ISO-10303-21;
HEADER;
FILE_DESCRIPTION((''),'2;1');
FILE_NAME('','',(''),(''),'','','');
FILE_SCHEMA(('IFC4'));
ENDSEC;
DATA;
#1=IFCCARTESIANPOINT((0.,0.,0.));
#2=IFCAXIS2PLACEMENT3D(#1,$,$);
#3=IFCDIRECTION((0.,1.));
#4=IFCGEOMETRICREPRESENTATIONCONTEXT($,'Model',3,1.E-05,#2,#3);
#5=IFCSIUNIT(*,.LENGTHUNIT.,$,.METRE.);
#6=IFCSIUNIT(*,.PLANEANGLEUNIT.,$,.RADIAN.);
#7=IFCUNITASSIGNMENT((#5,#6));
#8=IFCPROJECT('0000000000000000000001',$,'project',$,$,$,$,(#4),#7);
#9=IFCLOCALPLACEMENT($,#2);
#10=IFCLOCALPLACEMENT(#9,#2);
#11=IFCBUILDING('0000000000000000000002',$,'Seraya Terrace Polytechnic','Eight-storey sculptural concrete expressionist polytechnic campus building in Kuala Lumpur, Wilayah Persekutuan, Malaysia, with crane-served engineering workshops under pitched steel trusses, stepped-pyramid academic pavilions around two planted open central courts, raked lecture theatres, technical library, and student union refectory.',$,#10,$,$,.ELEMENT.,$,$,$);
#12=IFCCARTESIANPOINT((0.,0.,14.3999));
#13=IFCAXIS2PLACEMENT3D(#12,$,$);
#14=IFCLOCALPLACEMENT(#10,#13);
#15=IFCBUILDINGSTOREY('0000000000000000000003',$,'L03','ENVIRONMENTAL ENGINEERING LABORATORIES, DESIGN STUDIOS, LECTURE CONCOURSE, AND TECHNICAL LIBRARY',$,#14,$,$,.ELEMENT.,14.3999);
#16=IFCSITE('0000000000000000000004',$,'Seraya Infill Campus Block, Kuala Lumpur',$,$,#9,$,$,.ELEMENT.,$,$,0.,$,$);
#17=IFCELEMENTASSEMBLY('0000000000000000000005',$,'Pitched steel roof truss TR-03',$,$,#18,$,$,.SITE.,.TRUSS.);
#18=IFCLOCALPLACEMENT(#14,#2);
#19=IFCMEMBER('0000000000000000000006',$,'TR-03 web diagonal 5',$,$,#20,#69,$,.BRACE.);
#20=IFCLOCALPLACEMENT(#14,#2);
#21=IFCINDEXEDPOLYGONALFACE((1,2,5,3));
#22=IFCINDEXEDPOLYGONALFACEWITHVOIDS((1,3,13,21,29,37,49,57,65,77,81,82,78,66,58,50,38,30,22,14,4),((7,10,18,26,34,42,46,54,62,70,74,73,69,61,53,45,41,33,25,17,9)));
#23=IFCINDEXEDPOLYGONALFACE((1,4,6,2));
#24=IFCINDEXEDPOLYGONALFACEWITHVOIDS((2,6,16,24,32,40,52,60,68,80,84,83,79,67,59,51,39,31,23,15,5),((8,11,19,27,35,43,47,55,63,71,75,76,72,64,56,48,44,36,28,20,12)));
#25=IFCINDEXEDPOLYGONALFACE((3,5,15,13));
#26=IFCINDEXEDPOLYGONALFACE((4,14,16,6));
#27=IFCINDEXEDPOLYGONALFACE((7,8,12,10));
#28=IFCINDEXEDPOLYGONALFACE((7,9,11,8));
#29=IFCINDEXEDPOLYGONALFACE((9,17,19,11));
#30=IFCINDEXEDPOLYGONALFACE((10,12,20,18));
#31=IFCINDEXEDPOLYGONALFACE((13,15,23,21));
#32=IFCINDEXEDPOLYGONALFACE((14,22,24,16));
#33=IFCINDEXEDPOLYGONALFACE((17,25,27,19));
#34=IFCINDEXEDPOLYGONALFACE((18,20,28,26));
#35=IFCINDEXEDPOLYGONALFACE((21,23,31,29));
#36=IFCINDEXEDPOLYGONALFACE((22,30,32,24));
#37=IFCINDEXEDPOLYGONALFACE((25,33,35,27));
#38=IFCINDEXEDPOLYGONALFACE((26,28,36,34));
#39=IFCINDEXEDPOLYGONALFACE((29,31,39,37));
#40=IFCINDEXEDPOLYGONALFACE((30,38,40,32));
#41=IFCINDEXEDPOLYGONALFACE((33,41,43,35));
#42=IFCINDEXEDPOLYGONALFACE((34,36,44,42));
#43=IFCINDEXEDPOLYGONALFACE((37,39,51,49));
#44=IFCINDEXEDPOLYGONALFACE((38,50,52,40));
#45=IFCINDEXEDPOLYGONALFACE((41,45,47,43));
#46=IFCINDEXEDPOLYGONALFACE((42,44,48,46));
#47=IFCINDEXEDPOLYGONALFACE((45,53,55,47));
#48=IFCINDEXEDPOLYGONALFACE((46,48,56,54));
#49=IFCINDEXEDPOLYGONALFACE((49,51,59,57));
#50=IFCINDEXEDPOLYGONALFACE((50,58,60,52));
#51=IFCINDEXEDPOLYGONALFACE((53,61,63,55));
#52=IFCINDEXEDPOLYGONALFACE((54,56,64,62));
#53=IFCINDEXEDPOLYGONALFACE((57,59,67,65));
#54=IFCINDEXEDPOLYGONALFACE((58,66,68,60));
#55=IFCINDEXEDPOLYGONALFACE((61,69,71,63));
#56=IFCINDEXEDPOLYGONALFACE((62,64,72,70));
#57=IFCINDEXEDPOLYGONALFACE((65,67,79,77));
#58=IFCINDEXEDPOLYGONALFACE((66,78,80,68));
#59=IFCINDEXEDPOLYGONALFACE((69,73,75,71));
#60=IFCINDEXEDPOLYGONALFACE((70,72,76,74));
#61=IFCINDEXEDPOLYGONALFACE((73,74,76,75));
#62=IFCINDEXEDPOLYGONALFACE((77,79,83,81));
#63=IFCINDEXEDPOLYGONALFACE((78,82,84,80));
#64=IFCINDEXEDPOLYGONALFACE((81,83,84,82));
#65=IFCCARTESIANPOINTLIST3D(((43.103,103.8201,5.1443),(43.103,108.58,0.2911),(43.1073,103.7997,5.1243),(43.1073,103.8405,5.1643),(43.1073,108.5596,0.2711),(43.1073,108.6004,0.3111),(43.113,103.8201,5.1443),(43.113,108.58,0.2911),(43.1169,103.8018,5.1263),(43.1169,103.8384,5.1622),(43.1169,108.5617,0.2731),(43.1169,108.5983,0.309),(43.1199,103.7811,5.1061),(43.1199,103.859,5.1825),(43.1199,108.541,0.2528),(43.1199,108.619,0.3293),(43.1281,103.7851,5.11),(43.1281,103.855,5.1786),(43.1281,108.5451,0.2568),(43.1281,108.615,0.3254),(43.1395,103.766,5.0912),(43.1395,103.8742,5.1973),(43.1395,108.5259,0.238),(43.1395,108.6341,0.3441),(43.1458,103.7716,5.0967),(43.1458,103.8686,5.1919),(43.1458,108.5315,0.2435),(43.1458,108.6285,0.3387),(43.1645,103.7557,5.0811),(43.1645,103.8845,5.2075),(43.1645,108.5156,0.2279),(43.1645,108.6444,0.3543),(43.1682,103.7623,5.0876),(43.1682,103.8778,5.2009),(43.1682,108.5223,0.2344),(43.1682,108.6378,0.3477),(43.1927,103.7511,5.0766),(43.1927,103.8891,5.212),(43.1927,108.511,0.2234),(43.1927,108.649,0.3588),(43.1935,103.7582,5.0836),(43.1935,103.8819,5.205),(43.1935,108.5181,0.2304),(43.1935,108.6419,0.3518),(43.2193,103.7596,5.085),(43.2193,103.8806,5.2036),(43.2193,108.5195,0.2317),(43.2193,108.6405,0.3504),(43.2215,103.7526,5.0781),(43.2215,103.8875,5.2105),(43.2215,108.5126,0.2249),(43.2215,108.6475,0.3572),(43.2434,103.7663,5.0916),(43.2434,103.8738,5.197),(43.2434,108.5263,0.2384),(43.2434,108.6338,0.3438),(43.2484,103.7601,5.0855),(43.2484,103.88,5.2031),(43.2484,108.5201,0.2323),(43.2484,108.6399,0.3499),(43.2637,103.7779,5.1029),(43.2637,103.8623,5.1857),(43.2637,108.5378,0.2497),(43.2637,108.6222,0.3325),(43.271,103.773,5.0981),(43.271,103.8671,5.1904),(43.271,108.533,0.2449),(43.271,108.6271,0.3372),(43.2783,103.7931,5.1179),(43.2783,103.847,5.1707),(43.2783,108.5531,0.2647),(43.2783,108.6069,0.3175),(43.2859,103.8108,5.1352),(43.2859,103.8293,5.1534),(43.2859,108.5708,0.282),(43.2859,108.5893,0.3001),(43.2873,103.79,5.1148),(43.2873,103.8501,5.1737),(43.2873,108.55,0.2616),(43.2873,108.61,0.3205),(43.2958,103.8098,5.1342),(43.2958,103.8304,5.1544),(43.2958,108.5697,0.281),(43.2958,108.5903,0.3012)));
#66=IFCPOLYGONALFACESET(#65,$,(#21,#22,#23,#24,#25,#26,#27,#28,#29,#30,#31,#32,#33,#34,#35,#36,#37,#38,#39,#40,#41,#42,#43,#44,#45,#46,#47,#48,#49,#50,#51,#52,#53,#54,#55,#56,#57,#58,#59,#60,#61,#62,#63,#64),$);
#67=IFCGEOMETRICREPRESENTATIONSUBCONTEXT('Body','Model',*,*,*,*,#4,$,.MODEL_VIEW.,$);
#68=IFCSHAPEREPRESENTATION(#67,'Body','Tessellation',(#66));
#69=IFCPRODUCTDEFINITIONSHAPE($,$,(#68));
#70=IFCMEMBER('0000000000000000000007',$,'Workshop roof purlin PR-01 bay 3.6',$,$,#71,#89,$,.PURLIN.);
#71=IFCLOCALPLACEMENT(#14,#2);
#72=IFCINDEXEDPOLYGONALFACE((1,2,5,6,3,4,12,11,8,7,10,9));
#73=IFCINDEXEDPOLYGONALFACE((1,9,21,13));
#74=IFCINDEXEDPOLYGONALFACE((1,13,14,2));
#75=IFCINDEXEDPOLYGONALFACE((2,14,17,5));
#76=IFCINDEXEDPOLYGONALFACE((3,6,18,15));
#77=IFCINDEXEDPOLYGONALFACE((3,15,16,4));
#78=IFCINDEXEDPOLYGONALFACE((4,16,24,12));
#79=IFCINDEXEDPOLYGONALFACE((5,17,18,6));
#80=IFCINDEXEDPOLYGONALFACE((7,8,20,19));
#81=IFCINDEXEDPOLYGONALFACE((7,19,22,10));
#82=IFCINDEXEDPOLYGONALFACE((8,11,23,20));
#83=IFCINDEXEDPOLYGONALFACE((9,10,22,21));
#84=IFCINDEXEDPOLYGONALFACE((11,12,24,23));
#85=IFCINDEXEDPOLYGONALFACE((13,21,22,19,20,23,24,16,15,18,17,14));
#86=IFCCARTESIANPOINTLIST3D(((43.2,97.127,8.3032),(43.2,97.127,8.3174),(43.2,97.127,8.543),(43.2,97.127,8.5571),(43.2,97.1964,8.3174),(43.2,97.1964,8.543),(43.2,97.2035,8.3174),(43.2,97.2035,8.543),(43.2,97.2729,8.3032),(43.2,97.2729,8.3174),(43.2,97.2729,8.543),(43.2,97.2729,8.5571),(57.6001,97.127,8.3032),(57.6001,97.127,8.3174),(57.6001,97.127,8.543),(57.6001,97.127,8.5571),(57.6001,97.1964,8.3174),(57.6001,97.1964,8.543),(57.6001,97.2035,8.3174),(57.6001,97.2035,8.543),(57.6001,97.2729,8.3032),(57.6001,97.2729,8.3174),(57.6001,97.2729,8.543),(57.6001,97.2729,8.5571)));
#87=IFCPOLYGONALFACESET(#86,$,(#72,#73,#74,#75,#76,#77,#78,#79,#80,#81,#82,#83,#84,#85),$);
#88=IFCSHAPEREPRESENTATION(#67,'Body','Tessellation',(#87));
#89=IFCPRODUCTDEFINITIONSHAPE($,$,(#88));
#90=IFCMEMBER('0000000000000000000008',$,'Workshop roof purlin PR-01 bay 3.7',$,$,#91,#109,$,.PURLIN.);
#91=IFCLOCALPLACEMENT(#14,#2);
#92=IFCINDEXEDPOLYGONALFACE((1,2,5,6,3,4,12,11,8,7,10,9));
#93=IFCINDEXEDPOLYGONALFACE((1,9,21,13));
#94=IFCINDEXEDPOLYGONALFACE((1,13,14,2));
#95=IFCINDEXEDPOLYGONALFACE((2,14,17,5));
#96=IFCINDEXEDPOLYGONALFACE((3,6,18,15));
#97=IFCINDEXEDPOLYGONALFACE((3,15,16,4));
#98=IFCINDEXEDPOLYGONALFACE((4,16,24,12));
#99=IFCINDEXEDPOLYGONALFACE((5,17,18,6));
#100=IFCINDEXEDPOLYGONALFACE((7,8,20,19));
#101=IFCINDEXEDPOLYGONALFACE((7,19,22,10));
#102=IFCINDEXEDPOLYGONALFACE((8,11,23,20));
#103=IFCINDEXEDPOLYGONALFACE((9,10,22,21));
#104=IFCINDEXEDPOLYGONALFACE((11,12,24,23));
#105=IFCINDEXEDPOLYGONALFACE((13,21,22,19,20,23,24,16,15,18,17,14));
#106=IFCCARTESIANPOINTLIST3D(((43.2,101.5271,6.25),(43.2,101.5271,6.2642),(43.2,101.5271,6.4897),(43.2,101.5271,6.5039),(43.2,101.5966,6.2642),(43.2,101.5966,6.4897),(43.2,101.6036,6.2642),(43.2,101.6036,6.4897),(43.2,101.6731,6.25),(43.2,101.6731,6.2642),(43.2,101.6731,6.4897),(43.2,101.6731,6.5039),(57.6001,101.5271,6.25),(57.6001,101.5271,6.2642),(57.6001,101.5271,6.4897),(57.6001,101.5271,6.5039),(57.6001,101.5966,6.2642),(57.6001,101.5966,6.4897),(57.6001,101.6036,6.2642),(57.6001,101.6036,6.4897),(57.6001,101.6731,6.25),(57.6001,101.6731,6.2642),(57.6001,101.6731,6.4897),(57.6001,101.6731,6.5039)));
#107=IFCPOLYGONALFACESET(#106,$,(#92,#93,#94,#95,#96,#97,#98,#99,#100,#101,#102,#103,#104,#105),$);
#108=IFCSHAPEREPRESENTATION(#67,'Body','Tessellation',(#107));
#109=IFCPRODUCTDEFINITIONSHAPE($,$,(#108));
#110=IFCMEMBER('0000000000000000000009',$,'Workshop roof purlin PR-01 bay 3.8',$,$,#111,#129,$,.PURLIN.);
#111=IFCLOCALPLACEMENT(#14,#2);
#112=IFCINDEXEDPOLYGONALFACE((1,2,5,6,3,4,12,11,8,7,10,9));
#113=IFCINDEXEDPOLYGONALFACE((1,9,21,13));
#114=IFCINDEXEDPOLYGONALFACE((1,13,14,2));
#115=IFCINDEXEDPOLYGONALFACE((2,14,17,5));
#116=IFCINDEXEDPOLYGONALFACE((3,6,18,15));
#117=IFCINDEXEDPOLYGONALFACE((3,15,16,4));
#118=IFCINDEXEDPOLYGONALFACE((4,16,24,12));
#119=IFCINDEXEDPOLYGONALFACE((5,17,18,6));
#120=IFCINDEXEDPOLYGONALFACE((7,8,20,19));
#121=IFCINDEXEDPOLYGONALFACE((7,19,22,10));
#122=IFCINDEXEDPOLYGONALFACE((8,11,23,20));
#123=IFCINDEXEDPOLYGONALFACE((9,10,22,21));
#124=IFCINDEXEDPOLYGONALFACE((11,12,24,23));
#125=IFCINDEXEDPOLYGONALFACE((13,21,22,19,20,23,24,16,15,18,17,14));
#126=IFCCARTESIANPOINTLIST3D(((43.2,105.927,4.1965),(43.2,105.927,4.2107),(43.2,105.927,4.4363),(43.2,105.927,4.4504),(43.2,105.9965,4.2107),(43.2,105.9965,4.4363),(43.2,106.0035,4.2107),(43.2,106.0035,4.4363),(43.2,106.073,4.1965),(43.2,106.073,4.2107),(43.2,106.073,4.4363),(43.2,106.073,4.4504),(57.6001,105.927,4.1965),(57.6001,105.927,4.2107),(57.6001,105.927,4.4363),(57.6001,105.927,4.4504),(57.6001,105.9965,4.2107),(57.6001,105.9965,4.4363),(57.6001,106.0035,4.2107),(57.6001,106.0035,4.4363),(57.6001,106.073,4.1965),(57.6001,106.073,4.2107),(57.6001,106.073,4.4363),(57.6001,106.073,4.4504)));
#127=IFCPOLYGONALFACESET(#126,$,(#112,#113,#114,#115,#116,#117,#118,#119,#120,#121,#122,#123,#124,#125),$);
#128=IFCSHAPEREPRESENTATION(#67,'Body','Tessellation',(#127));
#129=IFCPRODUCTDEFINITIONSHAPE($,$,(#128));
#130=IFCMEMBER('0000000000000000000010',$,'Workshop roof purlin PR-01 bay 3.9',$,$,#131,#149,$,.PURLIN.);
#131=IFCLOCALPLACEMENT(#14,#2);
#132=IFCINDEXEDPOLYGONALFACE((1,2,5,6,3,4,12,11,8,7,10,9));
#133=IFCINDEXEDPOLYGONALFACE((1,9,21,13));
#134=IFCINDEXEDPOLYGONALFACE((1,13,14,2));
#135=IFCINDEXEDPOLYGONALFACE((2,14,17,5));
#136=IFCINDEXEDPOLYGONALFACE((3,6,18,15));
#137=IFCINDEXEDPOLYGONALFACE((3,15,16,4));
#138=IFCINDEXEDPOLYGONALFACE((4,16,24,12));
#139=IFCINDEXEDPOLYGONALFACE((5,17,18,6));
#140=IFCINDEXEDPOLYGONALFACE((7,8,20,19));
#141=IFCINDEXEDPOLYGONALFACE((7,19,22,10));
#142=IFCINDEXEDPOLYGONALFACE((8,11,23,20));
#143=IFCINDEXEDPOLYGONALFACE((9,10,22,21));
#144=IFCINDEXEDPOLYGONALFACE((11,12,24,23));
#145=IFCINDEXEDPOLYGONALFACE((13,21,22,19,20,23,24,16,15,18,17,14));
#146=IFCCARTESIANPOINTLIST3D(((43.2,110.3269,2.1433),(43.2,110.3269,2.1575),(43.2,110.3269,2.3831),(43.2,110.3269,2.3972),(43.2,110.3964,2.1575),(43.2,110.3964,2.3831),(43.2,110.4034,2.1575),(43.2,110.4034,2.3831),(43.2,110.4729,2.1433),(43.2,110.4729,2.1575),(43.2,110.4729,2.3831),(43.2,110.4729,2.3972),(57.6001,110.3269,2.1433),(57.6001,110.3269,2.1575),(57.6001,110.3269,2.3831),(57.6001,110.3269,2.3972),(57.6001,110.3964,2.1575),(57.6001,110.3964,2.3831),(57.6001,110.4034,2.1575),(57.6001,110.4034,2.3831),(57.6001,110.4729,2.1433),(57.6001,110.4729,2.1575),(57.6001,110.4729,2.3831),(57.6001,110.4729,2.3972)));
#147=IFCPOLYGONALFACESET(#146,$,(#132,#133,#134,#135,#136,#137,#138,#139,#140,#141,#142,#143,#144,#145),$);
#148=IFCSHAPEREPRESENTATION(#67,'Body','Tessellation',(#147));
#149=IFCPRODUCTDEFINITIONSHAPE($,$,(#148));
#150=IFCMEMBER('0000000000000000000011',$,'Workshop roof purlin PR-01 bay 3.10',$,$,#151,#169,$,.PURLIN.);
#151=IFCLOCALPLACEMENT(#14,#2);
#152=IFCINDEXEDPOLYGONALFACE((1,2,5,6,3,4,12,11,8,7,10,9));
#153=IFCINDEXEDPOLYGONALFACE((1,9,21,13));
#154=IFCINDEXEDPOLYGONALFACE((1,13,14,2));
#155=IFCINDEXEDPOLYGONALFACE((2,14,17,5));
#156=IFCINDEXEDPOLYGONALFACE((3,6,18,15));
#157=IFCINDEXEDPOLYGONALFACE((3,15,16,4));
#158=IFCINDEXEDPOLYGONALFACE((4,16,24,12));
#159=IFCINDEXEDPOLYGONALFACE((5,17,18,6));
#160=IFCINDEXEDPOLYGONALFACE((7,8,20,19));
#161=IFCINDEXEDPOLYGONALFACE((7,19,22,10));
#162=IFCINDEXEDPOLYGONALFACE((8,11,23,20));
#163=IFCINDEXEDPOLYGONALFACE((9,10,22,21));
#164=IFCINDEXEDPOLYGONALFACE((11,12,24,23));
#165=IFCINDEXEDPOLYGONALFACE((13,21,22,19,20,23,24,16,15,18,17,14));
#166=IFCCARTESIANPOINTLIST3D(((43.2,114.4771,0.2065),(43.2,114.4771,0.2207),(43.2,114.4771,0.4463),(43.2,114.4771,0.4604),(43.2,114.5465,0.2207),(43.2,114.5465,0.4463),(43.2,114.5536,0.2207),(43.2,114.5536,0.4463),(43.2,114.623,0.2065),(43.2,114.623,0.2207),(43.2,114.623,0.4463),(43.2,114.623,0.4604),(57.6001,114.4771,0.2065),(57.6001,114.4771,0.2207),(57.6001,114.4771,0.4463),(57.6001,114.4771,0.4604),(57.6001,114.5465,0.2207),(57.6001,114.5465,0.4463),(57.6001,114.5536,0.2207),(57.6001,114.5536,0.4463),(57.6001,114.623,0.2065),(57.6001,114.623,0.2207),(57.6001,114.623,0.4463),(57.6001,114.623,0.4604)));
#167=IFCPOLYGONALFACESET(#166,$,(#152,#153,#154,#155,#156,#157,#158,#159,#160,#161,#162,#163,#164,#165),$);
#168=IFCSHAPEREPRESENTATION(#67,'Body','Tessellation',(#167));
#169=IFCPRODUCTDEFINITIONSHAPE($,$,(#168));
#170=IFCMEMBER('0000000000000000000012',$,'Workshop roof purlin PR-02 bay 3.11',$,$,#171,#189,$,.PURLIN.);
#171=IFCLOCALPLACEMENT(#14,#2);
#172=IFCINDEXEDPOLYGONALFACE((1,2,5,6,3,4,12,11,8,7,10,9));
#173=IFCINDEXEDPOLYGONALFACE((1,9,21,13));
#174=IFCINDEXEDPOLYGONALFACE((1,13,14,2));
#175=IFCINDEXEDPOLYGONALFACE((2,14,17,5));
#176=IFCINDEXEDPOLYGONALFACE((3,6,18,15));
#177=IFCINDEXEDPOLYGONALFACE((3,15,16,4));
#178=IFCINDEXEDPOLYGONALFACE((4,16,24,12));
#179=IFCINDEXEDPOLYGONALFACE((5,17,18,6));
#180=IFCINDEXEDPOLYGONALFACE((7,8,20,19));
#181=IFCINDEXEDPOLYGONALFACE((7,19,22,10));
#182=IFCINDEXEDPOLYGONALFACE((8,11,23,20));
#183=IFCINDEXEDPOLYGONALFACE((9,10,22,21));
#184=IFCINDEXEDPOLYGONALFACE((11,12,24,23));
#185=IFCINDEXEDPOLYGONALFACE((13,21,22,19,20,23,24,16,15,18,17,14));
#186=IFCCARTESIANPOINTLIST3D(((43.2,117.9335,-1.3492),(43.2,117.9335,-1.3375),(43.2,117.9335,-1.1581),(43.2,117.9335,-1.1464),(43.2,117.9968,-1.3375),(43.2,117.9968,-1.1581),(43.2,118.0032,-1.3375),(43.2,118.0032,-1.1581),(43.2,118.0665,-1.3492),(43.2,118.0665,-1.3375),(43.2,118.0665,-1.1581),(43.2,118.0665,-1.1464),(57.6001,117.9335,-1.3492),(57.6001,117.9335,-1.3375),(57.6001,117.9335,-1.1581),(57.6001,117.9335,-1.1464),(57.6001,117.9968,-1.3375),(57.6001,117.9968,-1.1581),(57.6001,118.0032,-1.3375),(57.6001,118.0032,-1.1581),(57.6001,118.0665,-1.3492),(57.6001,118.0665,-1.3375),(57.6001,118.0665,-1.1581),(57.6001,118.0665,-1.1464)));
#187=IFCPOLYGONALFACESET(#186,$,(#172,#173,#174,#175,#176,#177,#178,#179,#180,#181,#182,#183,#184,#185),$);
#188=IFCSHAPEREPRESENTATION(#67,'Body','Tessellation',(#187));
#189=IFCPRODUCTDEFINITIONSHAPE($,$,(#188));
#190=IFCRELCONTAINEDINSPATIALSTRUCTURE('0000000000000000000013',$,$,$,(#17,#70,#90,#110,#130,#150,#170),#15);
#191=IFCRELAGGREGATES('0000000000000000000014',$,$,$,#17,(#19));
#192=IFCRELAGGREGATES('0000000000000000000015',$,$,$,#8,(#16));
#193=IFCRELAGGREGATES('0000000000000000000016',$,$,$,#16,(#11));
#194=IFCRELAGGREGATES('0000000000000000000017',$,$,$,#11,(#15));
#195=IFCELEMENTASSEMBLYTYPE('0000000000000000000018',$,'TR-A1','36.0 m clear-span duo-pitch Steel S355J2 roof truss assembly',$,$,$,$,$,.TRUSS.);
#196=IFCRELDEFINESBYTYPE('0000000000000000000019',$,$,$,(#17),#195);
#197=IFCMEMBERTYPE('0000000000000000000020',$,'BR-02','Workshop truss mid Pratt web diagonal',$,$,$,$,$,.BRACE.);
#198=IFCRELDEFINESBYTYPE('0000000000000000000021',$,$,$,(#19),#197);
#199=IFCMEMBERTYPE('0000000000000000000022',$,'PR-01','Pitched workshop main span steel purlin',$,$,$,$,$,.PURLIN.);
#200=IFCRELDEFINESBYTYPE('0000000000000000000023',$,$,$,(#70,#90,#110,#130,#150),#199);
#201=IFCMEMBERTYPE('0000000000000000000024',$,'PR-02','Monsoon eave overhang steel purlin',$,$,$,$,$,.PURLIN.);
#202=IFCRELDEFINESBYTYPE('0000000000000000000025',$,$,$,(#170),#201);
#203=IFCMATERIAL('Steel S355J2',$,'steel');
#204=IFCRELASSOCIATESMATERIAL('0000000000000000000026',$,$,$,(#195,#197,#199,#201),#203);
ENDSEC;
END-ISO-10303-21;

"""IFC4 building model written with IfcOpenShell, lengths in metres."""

from ifc_helpers import new_model, si_unit, direction, frame, origin, origin_2d, place, context, subcontext, project, spatial, hollow_circle, i_section, extrude, material, material_profile, profile_set, type_object, element, aggregate, save


model = new_model("IFC4")

# Units and contexts
model_context = context("Model", 3, precision=1e-05, world=origin(), true_north=direction((0.0, 1.0)))
body_context = subcontext(model_context, "Body", "Model", "MODEL_VIEW")
ifc_project = project(units=[si_unit("LENGTHUNIT", "METRE"), si_unit("PLANEANGLEUNIT", "RADIAN")], contexts=[model_context])

# Site, building, storey
site_placement = place(None, origin())
site = spatial("IfcSite", under=ifc_project, at=site_placement, Name="Seraya Infill Campus Block, Kuala Lumpur", CompositionType="ELEMENT", RefElevation=0.0)
building_placement = place(site_placement, origin())
building = spatial("IfcBuilding", under=site, at=building_placement, Name="Seraya Terrace Polytechnic", Description="Eight-storey sculptural concrete expressionist polytechnic campus building in Kuala Lumpur, Wilayah Persekutuan, Malaysia, with crane-served engineering workshops under pitched steel trusses, stepped-pyramid academic pavilions around two planted open central courts, raked lecture theatres, technical library, and student union refectory.", CompositionType="ELEMENT")
storey_placement = place(building_placement, frame((0.0, 0.0, 14.3999)))
storey = spatial("IfcBuildingStorey", under=building, at=storey_placement, Name="L03", Description="ENVIRONMENTAL ENGINEERING LABORATORIES, DESIGN STUDIOS, LECTURE CONCOURSE, AND TECHNICAL LIBRARY", CompositionType="ELEMENT", Elevation=14.3999)

# Element assembly, member
ifc_material_1 = material(Name="Steel S355J2", Category="steel")
element_assembly_type = type_object("IfcElementAssemblyType", Name="TR-A1", Description="36.0 m clear-span duo-pitch Steel S355J2 roof truss assembly", PredefinedType="TRUSS", material=ifc_material_1)
assembly_placement = place(storey_placement, origin())
assembly = element("IfcElementAssembly", 1, at=assembly_placement, inside=storey, type_object=element_assembly_type, Name="Pitched steel roof truss TR-03", AssemblyPlace="SITE", PredefinedType="TRUSS")
ifc_material_profile_1 = material_profile(ifc_material_1, hollow_circle(Radius=0.0969, WallThickness=0.01, at=origin_2d()), Name="CHS 193.7x10.0")
ifc_profile_set_1 = profile_set([ifc_material_profile_1], Name="Steel S355J2")
member_type_1 = type_object("IfcMemberType", Name="BR-02", Description="Workshop truss mid Pratt web diagonal", PredefinedType="BRACE", material=ifc_profile_set_1)
member_1_placement = place(storey_placement, frame((43.2, 103.8201, 5.1443), z_axis=(0.0, 0.700214, -0.713933), x_axis=(-1.0, 0.0, 0.0)))
member_1 = element("IfcMember", 2, at=member_1_placement, type_object=member_type_1, Name="TR-03 web diagonal 5", PredefinedType="BRACE", context=body_context, shape_type="SweptSolid", body=[
    extrude(hollow_circle(Radius=0.0969, WallThickness=0.01, at=origin_2d()), origin(), (0.0, 0.0, 1.0), 6.7979),
])

# Members
ifc_material_profile_2 = material_profile(ifc_material_1, i_section(OverallWidth=0.146, OverallDepth=0.2539, WebThickness=0.0071, FlangeThickness=0.0142, at=origin_2d()), Name="UKB 254x146x7.2x14.2")
ifc_profile_set_2 = profile_set([ifc_material_profile_2], Name="Steel S355J2")
member_type_2 = type_object("IfcMemberType", Name="PR-01", Description="Pitched workshop main span steel purlin", PredefinedType="PURLIN", material=ifc_profile_set_2)
for number, where, z_axis, x_axis, name in (
    (3, (43.2, 97.2, 8.4302), (1.0, 0.0, 0.0), (0.0, 1.0, 0.0), "Workshop roof purlin PR-01 bay 3.6"),
    (4, (43.2, 101.6001, 6.377), (1.0, 0.0, 0.0), (0.0, 1.0, 0.0), "Workshop roof purlin PR-01 bay 3.7"),
    (5, (43.2, 106.0, 4.3235), (1.0, 0.0, 0.0), (0.0, 1.0, 0.0), "Workshop roof purlin PR-01 bay 3.8"),
    (6, (43.2, 110.3999, 2.2703), (1.0, 0.0, 0.0), (0.0, 1.0, 0.0), "Workshop roof purlin PR-01 bay 3.9"),
    (7, (43.2, 114.55, 0.3335), (1.0, 0.0, 0.0), (0.0, 1.0, 0.0), "Workshop roof purlin PR-01 bay 3.10"),
):
    element("IfcMember", number, at=place(storey_placement, frame(where, z_axis=z_axis, x_axis=x_axis)), inside=storey, type_object=member_type_2, Name=name, PredefinedType="PURLIN", context=body_context, shape_type="SweptSolid", body=[
        extrude(i_section(OverallWidth=0.146, OverallDepth=0.2539, WebThickness=0.0071, FlangeThickness=0.0142, at=origin_2d()), origin(), (0.0, 0.0, 1.0), 14.4001),
    ])
ifc_material_profile_3 = material_profile(ifc_material_1, i_section(OverallWidth=0.1331, OverallDepth=0.2029, WebThickness=0.0063, FlangeThickness=0.0117, at=origin_2d()), Name="UKB 203x133x6.4x11.8")
ifc_profile_set_3 = profile_set([ifc_material_profile_3], Name="Steel S355J2")
member_type_3 = type_object("IfcMemberType", Name="PR-02", Description="Monsoon eave overhang steel purlin", PredefinedType="PURLIN", material=ifc_profile_set_3)
member_2_placement = place(storey_placement, frame((43.2, 118.0, -1.2478), z_axis=(1.0, 0.0, 0.0), x_axis=(0.0, 1.0, 0.0)))
element("IfcMember", 8, at=member_2_placement, inside=storey, type_object=member_type_3, Name="Workshop roof purlin PR-02 bay 3.11", PredefinedType="PURLIN", context=body_context, shape_type="SweptSolid", body=[
    extrude(i_section(OverallWidth=0.1331, OverallDepth=0.2029, WebThickness=0.0063, FlangeThickness=0.0117, at=origin_2d()), origin(), (0.0, 0.0, 1.0), 14.4001),
])

aggregate(assembly, [member_1])

save(model, "model.ifc")
